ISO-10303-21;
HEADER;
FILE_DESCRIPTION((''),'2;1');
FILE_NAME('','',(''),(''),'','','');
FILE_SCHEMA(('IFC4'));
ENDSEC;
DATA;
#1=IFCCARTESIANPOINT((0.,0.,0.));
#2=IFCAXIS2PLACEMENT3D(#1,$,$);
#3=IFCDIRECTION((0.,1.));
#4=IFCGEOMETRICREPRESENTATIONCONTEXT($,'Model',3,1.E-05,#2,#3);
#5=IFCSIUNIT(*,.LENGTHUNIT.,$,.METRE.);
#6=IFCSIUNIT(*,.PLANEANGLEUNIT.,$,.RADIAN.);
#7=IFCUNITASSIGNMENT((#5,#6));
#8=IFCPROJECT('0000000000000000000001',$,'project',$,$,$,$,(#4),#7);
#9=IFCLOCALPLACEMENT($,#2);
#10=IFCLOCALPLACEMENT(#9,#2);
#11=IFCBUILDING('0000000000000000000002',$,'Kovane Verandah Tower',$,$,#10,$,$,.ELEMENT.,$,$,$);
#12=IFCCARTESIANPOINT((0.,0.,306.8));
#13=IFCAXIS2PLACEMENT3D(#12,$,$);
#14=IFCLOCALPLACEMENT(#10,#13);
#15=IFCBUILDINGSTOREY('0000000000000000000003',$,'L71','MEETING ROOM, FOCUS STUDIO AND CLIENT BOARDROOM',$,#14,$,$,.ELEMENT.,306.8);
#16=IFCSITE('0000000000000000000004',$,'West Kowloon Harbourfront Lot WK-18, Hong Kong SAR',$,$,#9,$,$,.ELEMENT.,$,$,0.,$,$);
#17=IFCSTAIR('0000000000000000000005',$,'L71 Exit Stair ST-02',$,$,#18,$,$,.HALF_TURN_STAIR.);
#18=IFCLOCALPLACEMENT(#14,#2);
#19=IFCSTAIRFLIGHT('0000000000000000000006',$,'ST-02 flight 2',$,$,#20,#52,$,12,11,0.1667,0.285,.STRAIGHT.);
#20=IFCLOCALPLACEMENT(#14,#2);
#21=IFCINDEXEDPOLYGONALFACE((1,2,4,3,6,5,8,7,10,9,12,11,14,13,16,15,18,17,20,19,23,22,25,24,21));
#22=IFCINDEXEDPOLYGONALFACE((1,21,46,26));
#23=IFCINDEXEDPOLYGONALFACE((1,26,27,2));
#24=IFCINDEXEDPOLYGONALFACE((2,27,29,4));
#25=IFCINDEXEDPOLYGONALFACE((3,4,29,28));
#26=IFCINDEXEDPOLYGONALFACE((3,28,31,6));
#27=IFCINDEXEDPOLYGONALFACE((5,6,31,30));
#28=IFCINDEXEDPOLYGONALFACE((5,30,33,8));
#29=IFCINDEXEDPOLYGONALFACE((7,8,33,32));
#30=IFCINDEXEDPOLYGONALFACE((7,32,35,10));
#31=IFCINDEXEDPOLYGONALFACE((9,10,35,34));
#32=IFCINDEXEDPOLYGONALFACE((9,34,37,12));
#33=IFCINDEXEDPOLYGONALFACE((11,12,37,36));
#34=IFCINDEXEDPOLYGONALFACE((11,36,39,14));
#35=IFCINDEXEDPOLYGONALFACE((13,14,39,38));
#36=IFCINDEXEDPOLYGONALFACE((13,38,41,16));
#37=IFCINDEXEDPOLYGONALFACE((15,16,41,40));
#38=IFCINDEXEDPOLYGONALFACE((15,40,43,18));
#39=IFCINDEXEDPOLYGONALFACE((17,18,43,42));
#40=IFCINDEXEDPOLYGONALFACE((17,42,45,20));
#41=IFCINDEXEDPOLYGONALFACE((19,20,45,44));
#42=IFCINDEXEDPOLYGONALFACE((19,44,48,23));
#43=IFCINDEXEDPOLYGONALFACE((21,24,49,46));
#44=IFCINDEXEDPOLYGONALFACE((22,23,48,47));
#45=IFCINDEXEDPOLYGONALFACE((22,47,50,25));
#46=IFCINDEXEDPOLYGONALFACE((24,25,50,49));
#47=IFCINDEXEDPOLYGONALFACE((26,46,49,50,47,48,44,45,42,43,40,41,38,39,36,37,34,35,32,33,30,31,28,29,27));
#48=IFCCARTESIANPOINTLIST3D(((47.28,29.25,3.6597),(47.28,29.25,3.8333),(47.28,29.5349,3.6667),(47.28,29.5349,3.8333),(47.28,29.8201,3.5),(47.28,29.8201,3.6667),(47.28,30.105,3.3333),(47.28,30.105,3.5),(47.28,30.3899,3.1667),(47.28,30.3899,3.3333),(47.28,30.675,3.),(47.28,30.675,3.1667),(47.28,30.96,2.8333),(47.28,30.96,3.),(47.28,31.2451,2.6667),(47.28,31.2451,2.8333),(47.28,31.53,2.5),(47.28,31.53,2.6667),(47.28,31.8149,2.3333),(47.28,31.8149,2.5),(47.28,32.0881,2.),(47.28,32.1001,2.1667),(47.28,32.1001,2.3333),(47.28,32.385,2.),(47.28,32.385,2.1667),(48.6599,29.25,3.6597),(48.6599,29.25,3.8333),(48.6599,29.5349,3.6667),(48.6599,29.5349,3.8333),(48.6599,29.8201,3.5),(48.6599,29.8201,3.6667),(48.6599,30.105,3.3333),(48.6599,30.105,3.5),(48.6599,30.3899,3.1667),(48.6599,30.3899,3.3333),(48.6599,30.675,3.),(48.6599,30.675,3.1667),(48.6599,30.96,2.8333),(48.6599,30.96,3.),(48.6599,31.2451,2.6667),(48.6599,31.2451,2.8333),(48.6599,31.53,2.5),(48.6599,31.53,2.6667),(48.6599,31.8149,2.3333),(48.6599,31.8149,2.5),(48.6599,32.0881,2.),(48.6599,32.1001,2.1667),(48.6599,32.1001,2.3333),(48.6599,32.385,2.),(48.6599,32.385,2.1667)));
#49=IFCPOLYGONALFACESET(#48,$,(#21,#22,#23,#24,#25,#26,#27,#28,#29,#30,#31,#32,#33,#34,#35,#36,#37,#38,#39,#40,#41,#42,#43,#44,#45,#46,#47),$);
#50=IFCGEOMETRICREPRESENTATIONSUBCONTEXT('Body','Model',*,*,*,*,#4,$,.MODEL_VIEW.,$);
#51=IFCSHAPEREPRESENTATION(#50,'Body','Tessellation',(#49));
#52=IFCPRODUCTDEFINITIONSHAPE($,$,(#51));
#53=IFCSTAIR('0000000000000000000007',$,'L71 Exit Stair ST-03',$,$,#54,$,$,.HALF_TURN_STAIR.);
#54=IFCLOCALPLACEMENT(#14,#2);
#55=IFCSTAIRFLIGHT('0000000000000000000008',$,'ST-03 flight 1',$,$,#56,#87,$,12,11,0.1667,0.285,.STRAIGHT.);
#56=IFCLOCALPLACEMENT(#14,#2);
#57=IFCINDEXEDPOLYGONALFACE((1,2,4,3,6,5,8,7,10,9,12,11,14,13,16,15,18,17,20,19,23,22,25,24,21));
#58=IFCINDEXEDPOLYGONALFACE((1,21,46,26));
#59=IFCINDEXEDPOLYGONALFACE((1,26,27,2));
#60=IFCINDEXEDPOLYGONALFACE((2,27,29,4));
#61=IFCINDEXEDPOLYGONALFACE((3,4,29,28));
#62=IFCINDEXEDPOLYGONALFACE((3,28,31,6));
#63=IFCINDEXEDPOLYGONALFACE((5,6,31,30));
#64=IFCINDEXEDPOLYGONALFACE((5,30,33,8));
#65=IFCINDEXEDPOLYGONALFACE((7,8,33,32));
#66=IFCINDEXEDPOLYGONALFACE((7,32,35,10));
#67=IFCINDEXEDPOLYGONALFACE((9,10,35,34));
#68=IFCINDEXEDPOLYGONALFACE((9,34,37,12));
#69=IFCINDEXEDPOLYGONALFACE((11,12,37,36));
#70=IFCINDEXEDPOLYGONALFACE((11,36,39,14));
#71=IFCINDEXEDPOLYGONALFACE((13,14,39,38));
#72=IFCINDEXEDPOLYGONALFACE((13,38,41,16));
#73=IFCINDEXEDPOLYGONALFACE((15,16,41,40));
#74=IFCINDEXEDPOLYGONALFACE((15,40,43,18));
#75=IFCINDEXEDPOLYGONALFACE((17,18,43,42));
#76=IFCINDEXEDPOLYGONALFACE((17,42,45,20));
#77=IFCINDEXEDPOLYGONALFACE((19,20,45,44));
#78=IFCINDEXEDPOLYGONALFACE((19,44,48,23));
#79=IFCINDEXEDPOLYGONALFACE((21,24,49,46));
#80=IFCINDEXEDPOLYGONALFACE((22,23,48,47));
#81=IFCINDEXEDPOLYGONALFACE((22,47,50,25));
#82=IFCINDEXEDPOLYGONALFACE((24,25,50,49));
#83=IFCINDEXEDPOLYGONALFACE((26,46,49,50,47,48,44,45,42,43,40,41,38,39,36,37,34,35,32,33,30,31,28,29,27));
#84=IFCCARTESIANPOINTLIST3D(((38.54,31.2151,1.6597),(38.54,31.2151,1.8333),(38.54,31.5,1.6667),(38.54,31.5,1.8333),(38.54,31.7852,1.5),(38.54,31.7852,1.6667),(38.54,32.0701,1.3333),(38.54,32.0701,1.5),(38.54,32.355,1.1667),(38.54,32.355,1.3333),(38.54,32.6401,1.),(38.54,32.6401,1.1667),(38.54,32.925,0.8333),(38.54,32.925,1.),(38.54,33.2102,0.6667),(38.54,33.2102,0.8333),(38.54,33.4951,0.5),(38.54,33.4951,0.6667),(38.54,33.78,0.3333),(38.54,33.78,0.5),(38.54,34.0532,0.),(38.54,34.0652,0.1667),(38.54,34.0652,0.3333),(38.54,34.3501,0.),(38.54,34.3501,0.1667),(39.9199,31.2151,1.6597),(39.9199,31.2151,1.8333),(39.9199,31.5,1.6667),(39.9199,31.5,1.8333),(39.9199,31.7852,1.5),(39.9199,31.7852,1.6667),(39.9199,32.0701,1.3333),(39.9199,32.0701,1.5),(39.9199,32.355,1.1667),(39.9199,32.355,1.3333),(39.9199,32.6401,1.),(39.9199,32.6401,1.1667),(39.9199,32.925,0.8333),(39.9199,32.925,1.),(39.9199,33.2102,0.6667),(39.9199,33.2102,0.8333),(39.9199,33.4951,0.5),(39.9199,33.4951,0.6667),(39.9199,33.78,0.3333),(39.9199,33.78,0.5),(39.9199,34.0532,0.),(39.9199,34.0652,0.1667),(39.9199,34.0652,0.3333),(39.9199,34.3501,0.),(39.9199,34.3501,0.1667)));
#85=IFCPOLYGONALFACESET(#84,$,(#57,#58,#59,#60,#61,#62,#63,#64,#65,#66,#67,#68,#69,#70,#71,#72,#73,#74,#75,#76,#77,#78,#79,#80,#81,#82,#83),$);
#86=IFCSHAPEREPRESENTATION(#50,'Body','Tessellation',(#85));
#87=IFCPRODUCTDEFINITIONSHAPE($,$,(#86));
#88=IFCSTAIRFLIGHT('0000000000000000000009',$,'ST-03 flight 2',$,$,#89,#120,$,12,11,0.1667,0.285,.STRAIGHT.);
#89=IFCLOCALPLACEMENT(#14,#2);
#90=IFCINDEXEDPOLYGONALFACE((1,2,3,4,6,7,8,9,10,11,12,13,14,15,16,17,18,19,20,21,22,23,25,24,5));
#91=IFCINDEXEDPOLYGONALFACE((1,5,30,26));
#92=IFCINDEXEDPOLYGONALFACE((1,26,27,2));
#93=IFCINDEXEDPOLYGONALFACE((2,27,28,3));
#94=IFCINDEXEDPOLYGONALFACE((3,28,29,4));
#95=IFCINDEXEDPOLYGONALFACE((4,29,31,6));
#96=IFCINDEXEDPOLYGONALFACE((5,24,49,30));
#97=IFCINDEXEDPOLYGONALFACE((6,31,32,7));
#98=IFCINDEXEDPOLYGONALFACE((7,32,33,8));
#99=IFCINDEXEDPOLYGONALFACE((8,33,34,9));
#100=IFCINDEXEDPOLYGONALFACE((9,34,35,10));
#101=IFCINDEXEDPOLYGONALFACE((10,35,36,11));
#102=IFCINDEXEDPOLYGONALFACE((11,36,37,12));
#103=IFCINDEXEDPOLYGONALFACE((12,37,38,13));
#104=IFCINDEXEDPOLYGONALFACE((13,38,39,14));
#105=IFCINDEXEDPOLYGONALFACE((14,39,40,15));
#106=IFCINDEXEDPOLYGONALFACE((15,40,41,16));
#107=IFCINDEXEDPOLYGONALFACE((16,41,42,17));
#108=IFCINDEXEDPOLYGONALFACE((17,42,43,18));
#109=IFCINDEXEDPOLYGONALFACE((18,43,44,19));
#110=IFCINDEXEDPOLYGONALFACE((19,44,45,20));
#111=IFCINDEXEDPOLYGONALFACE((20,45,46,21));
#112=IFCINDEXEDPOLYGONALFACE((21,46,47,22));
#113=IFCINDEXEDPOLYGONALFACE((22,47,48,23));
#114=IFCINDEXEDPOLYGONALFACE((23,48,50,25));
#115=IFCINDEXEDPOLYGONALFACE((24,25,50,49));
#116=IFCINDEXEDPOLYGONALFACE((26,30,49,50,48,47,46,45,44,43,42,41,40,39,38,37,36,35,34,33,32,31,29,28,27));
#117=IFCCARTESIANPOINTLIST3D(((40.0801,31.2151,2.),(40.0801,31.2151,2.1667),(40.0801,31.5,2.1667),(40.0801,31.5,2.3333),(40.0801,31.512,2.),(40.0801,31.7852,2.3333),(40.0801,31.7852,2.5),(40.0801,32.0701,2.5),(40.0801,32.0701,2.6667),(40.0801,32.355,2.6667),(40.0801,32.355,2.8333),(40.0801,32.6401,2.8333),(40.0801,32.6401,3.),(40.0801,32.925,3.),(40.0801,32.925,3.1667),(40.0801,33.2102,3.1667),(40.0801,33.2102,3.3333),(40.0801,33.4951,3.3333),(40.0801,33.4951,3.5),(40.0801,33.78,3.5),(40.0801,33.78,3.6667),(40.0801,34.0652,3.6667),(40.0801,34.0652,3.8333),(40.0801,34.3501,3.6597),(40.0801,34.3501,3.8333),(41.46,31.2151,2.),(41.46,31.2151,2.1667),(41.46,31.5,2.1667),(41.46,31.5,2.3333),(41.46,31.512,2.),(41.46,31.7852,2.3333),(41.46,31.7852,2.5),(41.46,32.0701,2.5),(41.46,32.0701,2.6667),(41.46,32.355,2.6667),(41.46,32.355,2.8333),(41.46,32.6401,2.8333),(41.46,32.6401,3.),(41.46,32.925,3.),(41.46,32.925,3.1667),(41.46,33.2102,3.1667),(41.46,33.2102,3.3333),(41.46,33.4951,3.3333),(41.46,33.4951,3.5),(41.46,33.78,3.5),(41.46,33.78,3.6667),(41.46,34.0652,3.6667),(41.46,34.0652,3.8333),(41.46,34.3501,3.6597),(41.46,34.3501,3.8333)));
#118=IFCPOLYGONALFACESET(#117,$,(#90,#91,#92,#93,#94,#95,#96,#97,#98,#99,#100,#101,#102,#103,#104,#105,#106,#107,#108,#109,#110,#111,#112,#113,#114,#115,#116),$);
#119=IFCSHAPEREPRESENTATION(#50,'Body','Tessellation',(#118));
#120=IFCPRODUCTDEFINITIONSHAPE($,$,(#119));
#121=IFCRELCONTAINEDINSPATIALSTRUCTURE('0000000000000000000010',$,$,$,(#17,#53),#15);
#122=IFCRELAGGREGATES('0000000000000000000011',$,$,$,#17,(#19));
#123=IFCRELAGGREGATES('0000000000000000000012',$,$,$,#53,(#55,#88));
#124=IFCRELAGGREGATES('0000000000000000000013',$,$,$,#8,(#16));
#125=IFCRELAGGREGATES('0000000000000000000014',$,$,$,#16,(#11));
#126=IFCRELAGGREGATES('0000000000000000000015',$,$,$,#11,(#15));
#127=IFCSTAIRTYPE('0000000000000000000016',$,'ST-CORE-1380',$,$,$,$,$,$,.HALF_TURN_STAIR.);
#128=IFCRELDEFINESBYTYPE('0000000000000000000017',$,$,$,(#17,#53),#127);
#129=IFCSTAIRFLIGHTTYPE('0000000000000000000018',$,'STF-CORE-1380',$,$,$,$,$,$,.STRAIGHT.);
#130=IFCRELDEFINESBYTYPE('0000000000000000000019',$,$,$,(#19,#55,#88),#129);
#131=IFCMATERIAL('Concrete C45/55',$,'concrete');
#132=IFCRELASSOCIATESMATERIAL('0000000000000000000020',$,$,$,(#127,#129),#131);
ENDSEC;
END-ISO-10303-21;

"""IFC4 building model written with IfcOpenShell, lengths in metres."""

from ifc_helpers import new_model, si_unit, direction, frame, origin, place, context, subcontext, project, spatial, polyline, outline, extrude, material, type_object, element, aggregate, save


model = new_model("IFC4")

# Units and contexts
model_context = context("Model", 3, precision=1e-05, world=origin(), true_north=direction((0.0, 1.0)))
body_context = subcontext(model_context, "Body", "Model", "MODEL_VIEW")
ifc_project = project(units=[si_unit("LENGTHUNIT", "METRE"), si_unit("PLANEANGLEUNIT", "RADIAN")], contexts=[model_context])

# Site, building, storey
site_placement = place(None, origin())
site = spatial("IfcSite", under=ifc_project, at=site_placement, Name="West Kowloon Harbourfront Lot WK-18, Hong Kong SAR", CompositionType="ELEMENT", RefElevation=0.0)
building_placement = place(site_placement, origin())
building = spatial("IfcBuilding", under=site, at=building_placement, Name="Kovane Verandah Tower", CompositionType="ELEMENT")
storey_placement = place(building_placement, frame((0.0, 0.0, 306.8)))
storey = spatial("IfcBuildingStorey", under=building, at=storey_placement, Name="L71", Description="MEETING ROOM, FOCUS STUDIO AND CLIENT BOARDROOM", CompositionType="ELEMENT", Elevation=306.8)

# Shared definitions
ifc_material_1 = material(Name="Concrete C45/55", Category="concrete")

# Stair, stair flight
stair_type = type_object("IfcStairType", Name="ST-CORE-1380", PredefinedType="HALF_TURN_STAIR", material=ifc_material_1)
stair_1_placement = place(storey_placement, origin())
stair_1 = element("IfcStair", 1, at=stair_1_placement, inside=storey, type_object=stair_type, Name="L71 Exit Stair ST-02", PredefinedType="HALF_TURN_STAIR")
stair_flight_type = type_object("IfcStairFlightType", Name="STF-CORE-1380", PredefinedType="STRAIGHT", material=ifc_material_1)
stair_flight_1_placement = place(storey_placement, frame((47.97, 32.385, 2.0), z_axis=(0.0, 0.0, 1.0), x_axis=(0.0, -1.0, 0.0)))
stair_flight_1 = element("IfcStairFlight", 2, at=stair_flight_1_placement, type_object=stair_flight_type, Name="ST-02 flight 2", NumberOfRisers=12, NumberOfTreads=11, PredefinedType="STRAIGHT", RiserHeight=0.1667, TreadLength=0.285, context=body_context, shape_type="SweptSolid", body=[
    extrude(outline(polyline([(0.0, 0.0), (0.0, 0.1667), (0.2849, 0.1667), (0.2849, 0.3333), (0.5701, 0.3333), (0.5701, 0.5), (0.855, 0.5), (0.855, 0.6667), (1.1399, 0.6667), (1.1399, 0.8333), (1.425, 0.8333), (1.425, 1.0), (1.71, 1.0), (1.71, 1.1667), (1.9951, 1.1667), (1.9951, 1.3333), (2.28, 1.3333), (2.28, 1.5), (2.5649, 1.5), (2.5649, 1.6667), (2.8501, 1.6667), (2.8501, 1.8333), (3.135, 1.8333), (3.135, 2.0), (3.135, 1.6597), (0.2969, 0.0), (0.0, 0.0)])), frame((0.0, 0.6899, 0.0), z_axis=(0.0, -1.0, 0.0), x_axis=(1.0, 0.0, 0.0)), (0.0, 0.0, 1.0), 1.3799),
])
aggregate(stair_1, [stair_flight_1])

# Stair, stair flights
stair_2_placement = place(storey_placement, origin())
stair_2 = element("IfcStair", 3, at=stair_2_placement, inside=storey, type_object=stair_type, Name="L71 Exit Stair ST-03", PredefinedType="HALF_TURN_STAIR")
stair_flight_2_placement = place(storey_placement, frame((39.23, 34.3501, 0.0), z_axis=(0.0, 0.0, 1.0), x_axis=(0.0, -1.0, 0.0)))
stair_flight_2 = element("IfcStairFlight", 4, at=stair_flight_2_placement, type_object=stair_flight_type, Name="ST-03 flight 1", NumberOfRisers=12, NumberOfTreads=11, PredefinedType="STRAIGHT", RiserHeight=0.1667, TreadLength=0.285, context=body_context, shape_type="SweptSolid", body=[
    extrude(outline(polyline([(0.0, 0.0), (0.0, 0.1667), (0.2849, 0.1667), (0.2849, 0.3333), (0.5701, 0.3333), (0.5701, 0.5), (0.855, 0.5), (0.855, 0.6667), (1.1399, 0.6667), (1.1399, 0.8333), (1.425, 0.8333), (1.425, 1.0), (1.71, 1.0), (1.71, 1.1667), (1.9951, 1.1667), (1.9951, 1.3333), (2.28, 1.3333), (2.28, 1.5), (2.5649, 1.5), (2.5649, 1.6667), (2.8501, 1.6667), (2.8501, 1.8333), (3.135, 1.8333), (3.135, 2.0), (3.135, 1.6597), (0.2969, 0.0), (0.0, 0.0)])), frame((0.0, 0.6899, 0.0), z_axis=(0.0, -1.0, 0.0), x_axis=(1.0, 0.0, 0.0)), (0.0, 0.0, 1.0), 1.3799),
])
stair_flight_3_placement = place(storey_placement, frame((40.77, 31.2151, 2.0), z_axis=(0.0, 0.0, 1.0), x_axis=(0.0, 1.0, 0.0)))
stair_flight_3 = element("IfcStairFlight", 5, at=stair_flight_3_placement, type_object=stair_flight_type, Name="ST-03 flight 2", NumberOfRisers=12, NumberOfTreads=11, PredefinedType="STRAIGHT", RiserHeight=0.1667, TreadLength=0.285, context=body_context, shape_type="SweptSolid", body=[
    extrude(outline(polyline([(0.0, 0.0), (0.0, 0.1667), (0.2849, 0.1667), (0.2849, 0.3333), (0.5701, 0.3333), (0.5701, 0.5), (0.855, 0.5), (0.855, 0.6667), (1.1399, 0.6667), (1.1399, 0.8333), (1.425, 0.8333), (1.425, 1.0), (1.71, 1.0), (1.71, 1.1667), (1.9951, 1.1667), (1.9951, 1.3333), (2.28, 1.3333), (2.28, 1.5), (2.5649, 1.5), (2.5649, 1.6667), (2.8501, 1.6667), (2.8501, 1.8333), (3.135, 1.8333), (3.135, 2.0), (3.135, 1.6597), (0.2969, 0.0), (0.0, 0.0)])), frame((0.0, 0.6899, 0.0), z_axis=(0.0, -1.0, 0.0), x_axis=(1.0, 0.0, 0.0)), (0.0, 0.0, 1.0), 1.3799),
])
aggregate(stair_2, [stair_flight_2, stair_flight_3])

save(model, "model.ifc")
